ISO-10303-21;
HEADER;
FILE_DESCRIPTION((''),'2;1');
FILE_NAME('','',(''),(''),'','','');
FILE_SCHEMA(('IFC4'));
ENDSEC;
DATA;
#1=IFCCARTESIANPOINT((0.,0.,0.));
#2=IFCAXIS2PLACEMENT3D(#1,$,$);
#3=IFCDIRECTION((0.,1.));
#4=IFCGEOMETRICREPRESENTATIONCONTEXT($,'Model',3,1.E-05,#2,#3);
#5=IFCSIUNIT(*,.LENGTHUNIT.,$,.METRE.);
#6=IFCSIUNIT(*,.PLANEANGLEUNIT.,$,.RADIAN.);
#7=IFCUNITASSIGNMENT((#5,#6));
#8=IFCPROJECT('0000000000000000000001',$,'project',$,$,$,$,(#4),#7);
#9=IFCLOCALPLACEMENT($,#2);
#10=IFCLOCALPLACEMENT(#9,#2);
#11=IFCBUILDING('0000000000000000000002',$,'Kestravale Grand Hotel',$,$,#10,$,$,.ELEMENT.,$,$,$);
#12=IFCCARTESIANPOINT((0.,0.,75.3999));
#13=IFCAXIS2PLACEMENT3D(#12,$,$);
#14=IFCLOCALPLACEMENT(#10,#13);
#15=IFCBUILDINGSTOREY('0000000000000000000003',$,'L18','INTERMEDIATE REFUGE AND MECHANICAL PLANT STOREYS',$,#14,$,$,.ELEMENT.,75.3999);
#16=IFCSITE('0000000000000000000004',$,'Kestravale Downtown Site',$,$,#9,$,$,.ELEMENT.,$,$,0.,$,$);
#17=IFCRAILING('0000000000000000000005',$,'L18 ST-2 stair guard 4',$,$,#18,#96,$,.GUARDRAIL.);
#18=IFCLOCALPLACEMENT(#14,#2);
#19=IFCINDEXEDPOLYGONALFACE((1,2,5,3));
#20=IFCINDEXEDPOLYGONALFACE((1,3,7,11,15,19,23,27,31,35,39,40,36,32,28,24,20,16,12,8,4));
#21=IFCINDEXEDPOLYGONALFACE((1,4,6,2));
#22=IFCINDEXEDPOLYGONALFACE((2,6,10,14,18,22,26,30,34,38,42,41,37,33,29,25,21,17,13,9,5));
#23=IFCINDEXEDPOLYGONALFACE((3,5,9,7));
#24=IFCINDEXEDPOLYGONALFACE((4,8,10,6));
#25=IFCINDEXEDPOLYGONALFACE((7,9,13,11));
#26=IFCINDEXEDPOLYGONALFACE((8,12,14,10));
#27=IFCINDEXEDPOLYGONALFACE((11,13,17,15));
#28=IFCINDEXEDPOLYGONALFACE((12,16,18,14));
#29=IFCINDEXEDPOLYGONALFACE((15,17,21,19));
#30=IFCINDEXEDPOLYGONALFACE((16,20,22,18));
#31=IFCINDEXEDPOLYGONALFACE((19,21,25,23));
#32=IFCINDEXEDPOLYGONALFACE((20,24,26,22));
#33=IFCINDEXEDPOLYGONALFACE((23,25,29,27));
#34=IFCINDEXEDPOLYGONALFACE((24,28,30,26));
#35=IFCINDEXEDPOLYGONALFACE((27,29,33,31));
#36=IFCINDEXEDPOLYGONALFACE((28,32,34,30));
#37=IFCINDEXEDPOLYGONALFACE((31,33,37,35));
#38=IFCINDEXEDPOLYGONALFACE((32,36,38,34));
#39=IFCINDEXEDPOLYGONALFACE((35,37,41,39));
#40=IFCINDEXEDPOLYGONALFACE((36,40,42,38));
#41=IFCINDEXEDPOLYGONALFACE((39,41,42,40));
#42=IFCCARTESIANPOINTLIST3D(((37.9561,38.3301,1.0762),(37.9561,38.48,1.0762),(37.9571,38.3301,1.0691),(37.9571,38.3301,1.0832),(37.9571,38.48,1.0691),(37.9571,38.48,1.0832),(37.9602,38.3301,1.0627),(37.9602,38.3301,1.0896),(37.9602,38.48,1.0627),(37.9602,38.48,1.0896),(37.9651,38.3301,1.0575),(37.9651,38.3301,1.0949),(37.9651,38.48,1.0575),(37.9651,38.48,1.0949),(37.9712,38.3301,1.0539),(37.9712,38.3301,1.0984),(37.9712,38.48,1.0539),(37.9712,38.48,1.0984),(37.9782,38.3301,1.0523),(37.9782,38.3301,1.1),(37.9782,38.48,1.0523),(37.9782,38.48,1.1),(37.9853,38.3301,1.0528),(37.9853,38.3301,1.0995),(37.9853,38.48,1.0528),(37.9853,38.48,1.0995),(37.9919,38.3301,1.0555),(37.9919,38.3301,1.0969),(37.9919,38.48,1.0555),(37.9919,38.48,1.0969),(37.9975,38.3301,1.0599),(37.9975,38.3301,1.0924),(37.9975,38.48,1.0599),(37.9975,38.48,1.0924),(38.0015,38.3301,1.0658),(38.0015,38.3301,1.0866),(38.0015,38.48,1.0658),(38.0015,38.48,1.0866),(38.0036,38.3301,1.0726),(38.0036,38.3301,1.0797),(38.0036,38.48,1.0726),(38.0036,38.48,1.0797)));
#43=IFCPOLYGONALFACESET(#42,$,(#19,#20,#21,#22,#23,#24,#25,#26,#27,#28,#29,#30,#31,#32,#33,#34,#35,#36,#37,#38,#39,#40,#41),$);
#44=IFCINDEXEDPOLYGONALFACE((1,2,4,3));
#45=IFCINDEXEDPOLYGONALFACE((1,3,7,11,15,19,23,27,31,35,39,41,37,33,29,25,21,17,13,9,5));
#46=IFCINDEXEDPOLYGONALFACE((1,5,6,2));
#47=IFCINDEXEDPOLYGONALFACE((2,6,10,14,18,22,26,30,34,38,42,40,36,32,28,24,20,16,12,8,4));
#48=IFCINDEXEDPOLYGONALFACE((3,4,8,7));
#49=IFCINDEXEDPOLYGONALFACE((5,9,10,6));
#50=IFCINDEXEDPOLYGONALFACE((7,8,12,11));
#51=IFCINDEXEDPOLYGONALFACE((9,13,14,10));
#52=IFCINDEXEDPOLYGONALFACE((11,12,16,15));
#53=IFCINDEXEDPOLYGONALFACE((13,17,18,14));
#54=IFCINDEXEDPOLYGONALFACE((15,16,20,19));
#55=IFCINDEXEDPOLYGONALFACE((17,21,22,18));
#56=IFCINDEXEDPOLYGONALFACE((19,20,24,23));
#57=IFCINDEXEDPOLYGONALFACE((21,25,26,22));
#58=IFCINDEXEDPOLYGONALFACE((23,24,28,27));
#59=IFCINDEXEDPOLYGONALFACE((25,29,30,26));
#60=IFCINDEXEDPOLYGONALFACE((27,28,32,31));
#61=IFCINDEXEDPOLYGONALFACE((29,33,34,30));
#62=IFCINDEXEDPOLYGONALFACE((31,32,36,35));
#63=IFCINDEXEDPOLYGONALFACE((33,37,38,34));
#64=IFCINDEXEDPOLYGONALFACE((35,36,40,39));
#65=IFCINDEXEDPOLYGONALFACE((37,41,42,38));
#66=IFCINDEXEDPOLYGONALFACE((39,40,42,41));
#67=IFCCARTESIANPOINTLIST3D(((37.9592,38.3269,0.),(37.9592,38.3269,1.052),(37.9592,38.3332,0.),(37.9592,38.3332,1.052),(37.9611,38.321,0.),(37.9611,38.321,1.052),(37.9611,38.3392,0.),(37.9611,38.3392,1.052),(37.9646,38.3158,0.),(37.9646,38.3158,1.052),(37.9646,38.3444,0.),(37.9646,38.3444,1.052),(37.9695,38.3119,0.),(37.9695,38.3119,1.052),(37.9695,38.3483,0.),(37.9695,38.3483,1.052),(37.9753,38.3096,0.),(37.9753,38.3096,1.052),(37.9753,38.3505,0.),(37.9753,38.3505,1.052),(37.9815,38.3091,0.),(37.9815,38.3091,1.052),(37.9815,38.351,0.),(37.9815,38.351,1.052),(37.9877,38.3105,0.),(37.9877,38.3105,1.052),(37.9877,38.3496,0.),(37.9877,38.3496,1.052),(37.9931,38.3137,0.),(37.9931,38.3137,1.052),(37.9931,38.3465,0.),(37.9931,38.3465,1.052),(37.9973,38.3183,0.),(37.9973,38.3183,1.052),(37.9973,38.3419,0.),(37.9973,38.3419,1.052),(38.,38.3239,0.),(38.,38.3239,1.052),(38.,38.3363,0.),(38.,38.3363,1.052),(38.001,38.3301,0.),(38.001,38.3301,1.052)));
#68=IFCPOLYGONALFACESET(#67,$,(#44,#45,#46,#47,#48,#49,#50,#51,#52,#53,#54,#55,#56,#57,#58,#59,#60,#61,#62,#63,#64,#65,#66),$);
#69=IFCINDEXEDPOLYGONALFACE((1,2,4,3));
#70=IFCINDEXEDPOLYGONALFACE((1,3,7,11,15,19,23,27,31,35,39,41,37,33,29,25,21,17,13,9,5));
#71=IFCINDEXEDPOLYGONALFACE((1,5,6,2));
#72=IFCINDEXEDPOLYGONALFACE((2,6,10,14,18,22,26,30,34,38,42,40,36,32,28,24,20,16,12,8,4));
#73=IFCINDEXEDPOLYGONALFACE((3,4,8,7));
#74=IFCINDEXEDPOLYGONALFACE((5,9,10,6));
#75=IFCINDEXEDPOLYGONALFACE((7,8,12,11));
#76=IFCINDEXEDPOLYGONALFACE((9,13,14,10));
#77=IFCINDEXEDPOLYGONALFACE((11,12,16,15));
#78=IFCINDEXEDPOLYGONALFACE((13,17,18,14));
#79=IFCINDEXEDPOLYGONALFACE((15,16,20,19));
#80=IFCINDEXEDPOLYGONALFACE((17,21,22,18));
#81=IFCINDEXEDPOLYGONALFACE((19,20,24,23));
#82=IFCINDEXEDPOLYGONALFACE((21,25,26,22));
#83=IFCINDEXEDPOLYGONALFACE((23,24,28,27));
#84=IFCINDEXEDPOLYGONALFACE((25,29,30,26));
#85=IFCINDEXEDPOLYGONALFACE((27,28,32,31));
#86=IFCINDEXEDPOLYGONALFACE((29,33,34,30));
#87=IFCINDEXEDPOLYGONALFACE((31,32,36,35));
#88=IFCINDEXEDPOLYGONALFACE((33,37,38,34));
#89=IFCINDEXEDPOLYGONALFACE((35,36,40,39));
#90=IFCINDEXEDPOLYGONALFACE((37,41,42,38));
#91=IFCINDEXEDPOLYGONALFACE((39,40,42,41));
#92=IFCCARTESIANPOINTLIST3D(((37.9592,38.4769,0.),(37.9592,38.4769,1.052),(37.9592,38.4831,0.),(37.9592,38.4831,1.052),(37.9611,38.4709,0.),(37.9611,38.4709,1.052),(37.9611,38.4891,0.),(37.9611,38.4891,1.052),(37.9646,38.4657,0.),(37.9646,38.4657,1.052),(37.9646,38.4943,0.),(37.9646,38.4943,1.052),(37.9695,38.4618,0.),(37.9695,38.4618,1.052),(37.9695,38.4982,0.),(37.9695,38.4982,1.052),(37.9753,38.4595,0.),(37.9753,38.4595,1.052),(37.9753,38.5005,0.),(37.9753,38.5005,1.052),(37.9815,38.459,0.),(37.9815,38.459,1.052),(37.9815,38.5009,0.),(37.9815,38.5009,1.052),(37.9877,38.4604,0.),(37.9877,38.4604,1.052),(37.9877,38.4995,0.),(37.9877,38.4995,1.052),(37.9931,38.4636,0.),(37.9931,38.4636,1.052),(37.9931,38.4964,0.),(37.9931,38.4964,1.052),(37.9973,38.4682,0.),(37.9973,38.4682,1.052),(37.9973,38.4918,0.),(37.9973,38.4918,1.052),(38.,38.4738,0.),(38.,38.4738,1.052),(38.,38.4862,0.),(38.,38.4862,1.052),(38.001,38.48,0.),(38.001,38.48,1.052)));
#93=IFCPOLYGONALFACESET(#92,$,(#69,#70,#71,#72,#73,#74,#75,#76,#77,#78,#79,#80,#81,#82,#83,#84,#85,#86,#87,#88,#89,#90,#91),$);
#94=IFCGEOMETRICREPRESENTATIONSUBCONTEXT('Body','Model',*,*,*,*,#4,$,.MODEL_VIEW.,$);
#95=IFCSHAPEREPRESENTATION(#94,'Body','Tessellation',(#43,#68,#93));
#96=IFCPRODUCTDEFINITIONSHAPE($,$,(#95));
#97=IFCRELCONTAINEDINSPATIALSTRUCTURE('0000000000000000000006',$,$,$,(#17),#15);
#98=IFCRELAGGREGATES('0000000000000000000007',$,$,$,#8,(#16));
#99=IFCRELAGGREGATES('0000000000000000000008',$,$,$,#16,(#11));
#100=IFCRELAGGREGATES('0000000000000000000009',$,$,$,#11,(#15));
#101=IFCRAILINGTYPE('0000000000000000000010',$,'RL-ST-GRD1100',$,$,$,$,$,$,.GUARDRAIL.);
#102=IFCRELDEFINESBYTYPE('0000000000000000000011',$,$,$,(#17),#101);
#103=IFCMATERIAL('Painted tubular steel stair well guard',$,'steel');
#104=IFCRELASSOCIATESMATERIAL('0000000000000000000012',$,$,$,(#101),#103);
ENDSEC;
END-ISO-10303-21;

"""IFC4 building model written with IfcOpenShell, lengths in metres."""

from ifc_helpers import new_model, si_unit, direction, frame, origin, origin_2d, place, context, subcontext, project, spatial, circle, extrude, material, type_object, element, save


model = new_model("IFC4")

# Units and contexts
model_context = context("Model", 3, precision=1e-05, world=origin(), true_north=direction((0.0, 1.0)))
body_context = subcontext(model_context, "Body", "Model", "MODEL_VIEW")
ifc_project = project(units=[si_unit("LENGTHUNIT", "METRE"), si_unit("PLANEANGLEUNIT", "RADIAN")], contexts=[model_context])

# Site, building, storey
site_placement = place(None, origin())
site = spatial("IfcSite", under=ifc_project, at=site_placement, Name="Kestravale Downtown Site", CompositionType="ELEMENT", RefElevation=0.0)
building_placement = place(site_placement, origin())
building = spatial("IfcBuilding", under=site, at=building_placement, Name="Kestravale Grand Hotel", CompositionType="ELEMENT")
storey_placement = place(building_placement, frame((0.0, 0.0, 75.3999)))
storey = spatial("IfcBuildingStorey", under=building, at=storey_placement, Name="L18", Description="INTERMEDIATE REFUGE AND MECHANICAL PLANT STOREYS", CompositionType="ELEMENT", Elevation=75.3999)

# Railing
ifc_material_1 = material(Name="Painted tubular steel stair well guard", Category="steel")
railing_type_1 = type_object("IfcRailingType", Name="RL-ST-GRD1100", PredefinedType="GUARDRAIL", material=ifc_material_1)
railing_1_placement = place(storey_placement, frame((37.98, 38.3301, 0.0)))
element("IfcRailing", 1, at=railing_1_placement, inside=storey, type_object=railing_type_1, Name="L18 ST-2 stair guard 4", PredefinedType="GUARDRAIL", context=body_context, shape_type="SweptSolid", body=[
    extrude(circle(Radius=0.0239, at=origin_2d()), frame((0.0, 0.0, 1.0762), z_axis=(0.0, 1.0, 0.0), x_axis=(-1.0, 0.0, 0.0)), (0.0, 0.0, 1.0), 0.1499),
    extrude(circle(Radius=0.021, at=origin_2d()), origin(), (0.0, 0.0, 1.0), 1.052),
    extrude(circle(Radius=0.021, at=origin_2d()), frame((0.0, 0.1499, 0.0)), (0.0, 0.0, 1.0), 1.052),
])

save(model, "model.ifc")
